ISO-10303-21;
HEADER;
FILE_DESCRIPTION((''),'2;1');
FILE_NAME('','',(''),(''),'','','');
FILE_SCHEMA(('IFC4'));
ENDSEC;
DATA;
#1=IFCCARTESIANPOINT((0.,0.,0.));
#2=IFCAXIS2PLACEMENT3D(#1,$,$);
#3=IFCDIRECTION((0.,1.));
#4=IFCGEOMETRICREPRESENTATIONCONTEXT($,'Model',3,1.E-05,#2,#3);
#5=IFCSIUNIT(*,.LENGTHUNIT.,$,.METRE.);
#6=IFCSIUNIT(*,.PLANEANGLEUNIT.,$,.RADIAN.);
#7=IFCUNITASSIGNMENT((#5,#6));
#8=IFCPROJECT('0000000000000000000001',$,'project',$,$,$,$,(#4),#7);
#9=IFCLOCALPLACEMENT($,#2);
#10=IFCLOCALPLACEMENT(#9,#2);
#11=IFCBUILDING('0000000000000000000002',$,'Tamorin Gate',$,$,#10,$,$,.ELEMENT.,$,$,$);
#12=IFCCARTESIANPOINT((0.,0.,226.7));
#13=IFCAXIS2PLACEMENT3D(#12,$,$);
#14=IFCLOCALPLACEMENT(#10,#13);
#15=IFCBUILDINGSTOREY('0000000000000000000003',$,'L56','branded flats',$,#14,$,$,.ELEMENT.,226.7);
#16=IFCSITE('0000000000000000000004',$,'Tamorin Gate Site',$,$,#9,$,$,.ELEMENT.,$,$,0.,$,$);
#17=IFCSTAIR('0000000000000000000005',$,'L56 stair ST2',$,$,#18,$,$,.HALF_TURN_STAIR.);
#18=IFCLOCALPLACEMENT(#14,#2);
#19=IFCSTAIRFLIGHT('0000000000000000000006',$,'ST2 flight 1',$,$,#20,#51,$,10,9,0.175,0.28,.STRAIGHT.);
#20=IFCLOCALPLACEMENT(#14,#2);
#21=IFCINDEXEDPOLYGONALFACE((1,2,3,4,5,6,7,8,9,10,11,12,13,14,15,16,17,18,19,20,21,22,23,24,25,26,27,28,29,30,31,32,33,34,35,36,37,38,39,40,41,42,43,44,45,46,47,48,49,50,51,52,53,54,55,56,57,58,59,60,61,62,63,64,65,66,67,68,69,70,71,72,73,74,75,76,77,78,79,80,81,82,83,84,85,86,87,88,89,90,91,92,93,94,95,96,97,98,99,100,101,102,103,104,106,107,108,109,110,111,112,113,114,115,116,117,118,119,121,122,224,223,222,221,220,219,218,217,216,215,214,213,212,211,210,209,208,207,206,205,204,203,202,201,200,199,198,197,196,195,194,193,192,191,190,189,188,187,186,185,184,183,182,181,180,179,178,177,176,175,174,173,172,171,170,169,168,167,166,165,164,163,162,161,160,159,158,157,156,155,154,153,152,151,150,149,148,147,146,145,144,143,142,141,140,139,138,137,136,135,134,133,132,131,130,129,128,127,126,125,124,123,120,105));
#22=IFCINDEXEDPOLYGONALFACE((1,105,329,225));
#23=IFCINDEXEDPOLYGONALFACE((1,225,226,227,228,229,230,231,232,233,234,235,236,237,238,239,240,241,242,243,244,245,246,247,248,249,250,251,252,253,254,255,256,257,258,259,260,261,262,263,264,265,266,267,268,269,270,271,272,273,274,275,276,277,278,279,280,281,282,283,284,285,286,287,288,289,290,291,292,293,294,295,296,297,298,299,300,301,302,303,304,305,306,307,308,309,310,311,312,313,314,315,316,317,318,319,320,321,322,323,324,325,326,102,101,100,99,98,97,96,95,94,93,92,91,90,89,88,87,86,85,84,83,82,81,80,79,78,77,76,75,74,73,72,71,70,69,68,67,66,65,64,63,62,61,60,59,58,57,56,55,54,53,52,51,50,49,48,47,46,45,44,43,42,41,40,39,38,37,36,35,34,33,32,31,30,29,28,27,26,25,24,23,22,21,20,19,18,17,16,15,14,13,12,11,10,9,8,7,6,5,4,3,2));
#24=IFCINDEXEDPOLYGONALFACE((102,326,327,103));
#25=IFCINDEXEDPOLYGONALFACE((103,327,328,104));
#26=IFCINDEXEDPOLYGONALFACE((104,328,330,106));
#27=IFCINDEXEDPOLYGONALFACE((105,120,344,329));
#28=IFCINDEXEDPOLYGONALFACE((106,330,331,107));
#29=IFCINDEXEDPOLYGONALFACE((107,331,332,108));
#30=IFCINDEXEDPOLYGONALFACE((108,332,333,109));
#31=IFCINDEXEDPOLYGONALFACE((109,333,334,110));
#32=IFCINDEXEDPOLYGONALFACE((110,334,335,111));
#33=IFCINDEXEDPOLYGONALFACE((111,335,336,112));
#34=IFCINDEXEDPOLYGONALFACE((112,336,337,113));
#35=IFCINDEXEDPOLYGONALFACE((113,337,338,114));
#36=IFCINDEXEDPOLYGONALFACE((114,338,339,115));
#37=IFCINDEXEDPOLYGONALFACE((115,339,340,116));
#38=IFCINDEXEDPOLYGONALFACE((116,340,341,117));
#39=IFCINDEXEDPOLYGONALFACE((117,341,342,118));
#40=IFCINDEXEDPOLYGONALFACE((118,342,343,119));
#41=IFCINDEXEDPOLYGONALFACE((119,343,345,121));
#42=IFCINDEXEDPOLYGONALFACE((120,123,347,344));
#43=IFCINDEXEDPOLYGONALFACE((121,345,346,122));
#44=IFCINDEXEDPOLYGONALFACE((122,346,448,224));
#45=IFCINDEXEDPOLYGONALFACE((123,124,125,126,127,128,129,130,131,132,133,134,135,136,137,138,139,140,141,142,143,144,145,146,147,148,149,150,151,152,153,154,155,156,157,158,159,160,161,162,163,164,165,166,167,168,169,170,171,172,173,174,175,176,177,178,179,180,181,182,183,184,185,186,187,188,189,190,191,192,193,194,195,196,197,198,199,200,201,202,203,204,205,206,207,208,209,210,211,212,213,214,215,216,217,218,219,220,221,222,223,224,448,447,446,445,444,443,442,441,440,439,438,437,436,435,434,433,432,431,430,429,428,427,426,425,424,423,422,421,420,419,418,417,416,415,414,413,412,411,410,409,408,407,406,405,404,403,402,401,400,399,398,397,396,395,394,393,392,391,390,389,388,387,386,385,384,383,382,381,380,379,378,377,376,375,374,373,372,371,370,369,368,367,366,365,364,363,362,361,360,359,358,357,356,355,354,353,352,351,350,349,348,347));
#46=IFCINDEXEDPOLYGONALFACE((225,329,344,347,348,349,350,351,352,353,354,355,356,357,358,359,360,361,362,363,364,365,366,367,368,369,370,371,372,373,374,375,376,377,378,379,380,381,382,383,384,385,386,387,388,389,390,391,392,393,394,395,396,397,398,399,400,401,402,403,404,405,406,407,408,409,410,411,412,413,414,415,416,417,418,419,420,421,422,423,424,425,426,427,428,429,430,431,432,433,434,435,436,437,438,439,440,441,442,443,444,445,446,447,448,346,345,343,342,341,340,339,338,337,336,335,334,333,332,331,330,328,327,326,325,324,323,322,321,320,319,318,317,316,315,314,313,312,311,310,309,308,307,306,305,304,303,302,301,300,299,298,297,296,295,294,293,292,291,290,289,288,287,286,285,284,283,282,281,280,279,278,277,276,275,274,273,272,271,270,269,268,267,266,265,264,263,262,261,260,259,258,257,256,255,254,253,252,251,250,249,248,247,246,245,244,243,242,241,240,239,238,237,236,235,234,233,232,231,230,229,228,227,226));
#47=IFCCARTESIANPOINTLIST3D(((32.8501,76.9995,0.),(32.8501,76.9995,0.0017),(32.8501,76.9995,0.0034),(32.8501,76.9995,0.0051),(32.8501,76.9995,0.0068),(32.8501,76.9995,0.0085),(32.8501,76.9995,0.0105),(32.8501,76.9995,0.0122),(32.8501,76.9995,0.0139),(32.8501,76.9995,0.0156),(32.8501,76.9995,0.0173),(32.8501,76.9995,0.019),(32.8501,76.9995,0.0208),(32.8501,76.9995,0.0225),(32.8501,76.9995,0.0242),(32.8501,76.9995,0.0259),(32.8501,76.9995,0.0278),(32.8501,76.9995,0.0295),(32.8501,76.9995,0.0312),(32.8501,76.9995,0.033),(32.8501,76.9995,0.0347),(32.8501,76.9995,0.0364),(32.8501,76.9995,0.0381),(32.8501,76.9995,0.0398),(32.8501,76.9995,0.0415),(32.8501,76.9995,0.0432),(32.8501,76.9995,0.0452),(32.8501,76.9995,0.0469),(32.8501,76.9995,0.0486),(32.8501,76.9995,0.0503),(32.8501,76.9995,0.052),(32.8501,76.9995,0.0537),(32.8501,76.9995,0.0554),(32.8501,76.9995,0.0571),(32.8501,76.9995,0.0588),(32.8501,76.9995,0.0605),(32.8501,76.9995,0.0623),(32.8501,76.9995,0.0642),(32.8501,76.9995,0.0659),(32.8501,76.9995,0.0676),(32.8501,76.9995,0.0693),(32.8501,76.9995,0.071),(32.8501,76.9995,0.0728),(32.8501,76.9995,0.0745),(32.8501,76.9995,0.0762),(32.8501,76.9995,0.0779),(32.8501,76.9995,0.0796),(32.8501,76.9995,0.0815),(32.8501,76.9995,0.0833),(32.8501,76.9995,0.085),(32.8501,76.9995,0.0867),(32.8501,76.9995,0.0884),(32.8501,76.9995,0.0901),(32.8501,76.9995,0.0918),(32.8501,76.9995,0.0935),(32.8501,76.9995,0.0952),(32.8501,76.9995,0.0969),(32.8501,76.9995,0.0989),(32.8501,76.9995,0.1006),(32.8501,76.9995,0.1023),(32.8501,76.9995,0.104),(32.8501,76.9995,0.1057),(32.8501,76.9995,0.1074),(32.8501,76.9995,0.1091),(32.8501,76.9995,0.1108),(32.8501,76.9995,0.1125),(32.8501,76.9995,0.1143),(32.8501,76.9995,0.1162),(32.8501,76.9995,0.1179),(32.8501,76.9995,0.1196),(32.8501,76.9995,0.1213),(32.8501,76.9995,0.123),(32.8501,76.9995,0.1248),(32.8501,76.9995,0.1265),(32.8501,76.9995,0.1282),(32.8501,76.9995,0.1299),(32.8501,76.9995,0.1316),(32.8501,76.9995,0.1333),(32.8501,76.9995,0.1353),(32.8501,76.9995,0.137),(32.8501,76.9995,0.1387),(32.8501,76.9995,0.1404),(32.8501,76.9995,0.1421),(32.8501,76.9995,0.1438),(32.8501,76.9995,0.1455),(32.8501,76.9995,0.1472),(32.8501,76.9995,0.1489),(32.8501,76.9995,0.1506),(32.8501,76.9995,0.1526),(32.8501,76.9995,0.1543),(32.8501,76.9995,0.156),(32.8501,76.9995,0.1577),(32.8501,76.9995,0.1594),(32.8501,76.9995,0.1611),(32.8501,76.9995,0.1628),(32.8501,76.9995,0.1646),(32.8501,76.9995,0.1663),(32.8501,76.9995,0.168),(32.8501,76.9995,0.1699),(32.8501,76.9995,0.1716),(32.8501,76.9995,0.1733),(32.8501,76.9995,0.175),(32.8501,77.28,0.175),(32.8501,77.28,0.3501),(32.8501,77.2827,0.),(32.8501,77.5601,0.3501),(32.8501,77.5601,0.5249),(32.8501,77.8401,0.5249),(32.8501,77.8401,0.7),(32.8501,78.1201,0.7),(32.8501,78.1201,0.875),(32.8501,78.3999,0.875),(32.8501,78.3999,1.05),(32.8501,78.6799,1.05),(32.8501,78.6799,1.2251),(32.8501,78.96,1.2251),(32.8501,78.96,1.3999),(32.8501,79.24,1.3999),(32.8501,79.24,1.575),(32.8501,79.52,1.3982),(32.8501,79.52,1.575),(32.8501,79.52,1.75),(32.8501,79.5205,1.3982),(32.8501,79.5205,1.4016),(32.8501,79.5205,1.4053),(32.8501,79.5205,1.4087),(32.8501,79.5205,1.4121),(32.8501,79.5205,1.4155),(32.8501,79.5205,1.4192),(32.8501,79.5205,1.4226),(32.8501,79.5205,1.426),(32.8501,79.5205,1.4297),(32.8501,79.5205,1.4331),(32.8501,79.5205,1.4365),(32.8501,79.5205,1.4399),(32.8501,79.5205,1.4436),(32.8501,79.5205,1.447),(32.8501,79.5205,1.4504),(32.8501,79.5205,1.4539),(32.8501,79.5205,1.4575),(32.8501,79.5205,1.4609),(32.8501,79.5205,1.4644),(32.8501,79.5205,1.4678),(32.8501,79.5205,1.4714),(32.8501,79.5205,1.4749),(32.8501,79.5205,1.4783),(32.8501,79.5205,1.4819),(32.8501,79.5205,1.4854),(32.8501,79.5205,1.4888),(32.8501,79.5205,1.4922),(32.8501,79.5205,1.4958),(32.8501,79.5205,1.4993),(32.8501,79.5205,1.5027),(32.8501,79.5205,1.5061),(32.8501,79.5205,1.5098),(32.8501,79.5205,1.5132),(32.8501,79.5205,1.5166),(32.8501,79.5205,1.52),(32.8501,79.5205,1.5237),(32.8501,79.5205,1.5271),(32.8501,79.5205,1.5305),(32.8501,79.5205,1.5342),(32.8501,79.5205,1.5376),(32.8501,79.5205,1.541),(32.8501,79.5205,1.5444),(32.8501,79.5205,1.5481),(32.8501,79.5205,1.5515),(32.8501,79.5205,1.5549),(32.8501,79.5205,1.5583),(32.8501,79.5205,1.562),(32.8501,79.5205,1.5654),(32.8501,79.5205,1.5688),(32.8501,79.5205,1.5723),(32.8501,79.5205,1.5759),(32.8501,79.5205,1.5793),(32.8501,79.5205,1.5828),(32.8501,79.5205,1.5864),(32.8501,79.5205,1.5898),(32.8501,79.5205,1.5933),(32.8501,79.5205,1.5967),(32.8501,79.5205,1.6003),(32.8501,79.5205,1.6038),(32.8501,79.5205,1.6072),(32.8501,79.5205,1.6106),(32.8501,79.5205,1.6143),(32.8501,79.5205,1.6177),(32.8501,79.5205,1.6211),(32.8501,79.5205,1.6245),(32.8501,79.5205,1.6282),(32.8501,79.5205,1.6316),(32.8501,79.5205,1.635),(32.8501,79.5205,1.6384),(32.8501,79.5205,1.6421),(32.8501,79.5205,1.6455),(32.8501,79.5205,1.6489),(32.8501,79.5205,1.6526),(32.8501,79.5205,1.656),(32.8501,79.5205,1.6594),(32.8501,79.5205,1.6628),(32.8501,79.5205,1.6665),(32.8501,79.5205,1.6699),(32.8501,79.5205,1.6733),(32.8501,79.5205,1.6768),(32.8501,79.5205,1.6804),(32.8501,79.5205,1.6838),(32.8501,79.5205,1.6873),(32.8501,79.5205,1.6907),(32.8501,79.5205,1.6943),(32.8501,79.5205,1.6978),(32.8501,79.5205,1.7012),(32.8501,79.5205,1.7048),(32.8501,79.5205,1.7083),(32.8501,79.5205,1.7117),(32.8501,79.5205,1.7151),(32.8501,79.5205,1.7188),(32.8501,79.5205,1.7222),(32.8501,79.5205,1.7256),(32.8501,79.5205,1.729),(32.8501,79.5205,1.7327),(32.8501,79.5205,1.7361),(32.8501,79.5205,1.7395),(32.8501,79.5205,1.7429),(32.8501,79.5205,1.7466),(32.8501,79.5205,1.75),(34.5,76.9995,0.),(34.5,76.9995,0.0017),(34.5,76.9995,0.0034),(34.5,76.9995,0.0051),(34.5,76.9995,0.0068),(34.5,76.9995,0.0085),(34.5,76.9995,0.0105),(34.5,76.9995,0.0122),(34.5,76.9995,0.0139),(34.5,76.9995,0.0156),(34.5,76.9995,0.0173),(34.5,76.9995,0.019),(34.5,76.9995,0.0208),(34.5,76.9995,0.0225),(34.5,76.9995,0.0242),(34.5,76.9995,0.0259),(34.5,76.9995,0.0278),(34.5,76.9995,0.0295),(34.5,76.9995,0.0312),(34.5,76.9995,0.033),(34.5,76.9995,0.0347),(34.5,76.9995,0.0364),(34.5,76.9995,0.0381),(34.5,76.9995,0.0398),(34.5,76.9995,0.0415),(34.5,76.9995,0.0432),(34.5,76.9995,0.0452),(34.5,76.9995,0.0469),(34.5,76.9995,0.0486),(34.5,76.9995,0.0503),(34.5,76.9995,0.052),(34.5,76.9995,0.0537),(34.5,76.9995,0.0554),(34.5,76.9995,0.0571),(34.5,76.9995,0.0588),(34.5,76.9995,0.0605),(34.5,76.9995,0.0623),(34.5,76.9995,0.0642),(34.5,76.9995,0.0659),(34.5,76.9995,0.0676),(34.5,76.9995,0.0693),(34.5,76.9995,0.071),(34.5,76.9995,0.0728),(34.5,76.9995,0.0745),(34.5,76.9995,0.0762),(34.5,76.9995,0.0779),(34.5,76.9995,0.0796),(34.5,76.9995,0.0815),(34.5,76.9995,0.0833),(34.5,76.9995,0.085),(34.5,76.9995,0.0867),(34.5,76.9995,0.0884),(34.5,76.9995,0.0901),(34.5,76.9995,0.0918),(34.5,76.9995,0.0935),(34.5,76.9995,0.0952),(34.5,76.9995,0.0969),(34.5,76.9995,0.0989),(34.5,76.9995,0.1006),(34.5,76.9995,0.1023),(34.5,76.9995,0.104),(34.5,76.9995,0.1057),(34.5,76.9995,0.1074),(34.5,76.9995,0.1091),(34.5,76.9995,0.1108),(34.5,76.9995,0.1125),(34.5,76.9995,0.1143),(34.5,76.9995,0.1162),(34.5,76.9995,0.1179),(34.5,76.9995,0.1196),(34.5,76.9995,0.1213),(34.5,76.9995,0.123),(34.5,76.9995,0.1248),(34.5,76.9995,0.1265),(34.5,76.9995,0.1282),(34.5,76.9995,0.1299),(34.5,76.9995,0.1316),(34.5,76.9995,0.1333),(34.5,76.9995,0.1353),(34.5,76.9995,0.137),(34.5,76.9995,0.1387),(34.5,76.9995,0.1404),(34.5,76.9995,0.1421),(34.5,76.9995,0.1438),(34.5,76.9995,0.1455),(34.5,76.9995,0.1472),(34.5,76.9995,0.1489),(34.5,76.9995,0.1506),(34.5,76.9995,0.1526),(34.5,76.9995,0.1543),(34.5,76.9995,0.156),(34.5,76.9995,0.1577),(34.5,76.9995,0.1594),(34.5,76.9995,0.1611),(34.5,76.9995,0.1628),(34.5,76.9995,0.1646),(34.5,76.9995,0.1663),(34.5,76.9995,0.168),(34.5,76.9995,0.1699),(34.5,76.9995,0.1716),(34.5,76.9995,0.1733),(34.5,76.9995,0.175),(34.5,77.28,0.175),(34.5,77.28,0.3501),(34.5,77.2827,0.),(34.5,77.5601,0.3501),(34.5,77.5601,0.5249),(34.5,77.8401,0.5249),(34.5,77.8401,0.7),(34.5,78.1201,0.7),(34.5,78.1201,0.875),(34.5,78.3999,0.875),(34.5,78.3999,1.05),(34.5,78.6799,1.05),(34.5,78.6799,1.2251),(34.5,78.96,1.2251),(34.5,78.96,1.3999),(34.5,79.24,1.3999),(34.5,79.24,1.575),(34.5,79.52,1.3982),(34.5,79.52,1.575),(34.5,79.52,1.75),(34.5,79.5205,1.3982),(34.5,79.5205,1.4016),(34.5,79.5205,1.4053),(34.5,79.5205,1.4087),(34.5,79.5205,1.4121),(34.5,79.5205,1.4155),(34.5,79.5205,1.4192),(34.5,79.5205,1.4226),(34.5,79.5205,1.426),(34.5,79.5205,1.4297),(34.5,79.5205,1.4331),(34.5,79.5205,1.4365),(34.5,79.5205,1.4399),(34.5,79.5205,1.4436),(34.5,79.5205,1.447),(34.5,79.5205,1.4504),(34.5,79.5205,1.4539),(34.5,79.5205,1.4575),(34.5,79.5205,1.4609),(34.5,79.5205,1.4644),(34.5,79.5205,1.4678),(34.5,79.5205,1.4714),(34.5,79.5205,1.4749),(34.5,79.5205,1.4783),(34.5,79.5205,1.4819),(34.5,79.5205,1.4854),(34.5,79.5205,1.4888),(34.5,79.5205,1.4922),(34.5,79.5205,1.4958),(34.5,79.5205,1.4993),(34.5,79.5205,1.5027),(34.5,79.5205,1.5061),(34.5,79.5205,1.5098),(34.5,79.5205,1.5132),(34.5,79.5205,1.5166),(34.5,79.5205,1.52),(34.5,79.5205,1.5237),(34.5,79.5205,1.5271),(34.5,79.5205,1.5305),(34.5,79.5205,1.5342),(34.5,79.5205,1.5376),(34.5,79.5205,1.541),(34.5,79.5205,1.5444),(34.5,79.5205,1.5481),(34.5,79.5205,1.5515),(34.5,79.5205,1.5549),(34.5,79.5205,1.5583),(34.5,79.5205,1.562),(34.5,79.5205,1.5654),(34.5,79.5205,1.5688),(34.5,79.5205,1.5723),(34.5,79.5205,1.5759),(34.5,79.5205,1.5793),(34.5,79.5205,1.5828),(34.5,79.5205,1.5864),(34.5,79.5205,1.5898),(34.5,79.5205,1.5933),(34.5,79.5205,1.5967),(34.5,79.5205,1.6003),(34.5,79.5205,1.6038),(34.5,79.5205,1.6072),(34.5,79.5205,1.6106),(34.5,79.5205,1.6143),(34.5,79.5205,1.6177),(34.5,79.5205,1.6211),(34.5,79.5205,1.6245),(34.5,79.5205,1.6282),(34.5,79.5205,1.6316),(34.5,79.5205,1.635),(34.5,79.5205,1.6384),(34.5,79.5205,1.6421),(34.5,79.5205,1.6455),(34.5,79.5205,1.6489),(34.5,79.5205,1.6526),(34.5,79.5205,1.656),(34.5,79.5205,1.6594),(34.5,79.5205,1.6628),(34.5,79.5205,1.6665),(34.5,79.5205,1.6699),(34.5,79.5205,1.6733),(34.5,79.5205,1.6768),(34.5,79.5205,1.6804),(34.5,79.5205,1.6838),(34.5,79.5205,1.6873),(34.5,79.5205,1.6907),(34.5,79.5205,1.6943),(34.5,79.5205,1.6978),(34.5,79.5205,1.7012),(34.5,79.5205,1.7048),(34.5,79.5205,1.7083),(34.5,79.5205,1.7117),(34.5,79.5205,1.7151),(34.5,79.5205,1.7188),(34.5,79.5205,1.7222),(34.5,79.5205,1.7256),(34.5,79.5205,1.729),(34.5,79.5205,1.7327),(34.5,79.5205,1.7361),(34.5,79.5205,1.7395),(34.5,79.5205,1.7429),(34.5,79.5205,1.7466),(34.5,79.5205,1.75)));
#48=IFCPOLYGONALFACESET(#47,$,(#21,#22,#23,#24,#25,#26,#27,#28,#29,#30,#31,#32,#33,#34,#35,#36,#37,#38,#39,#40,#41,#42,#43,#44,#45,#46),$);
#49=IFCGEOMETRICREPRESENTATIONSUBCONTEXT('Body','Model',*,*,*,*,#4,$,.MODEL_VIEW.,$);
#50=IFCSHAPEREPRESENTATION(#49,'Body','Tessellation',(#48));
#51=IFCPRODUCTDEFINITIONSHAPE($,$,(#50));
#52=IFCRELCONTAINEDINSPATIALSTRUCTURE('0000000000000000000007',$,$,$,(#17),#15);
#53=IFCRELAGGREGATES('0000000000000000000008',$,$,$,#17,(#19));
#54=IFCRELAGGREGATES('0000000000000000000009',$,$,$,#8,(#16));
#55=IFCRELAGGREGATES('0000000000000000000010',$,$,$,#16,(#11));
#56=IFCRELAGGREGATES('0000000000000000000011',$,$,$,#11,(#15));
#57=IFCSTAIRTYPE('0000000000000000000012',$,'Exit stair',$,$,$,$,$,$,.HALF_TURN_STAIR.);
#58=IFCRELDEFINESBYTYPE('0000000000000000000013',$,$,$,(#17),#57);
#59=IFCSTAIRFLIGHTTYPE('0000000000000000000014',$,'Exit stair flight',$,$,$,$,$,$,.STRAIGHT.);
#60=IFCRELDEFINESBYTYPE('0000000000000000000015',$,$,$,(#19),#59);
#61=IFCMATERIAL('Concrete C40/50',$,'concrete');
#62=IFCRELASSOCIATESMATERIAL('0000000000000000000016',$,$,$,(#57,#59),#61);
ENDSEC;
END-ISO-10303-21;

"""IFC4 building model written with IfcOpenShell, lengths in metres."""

from ifc_helpers import new_model, si_unit, direction, frame, origin, place, context, subcontext, project, spatial, polyline, outline, extrude, material, type_object, element, aggregate, save


model = new_model("IFC4")

# Units and contexts
model_context = context("Model", 3, precision=1e-05, world=origin(), true_north=direction((0.0, 1.0)))
body_context = subcontext(model_context, "Body", "Model", "MODEL_VIEW")
ifc_project = project(units=[si_unit("LENGTHUNIT", "METRE"), si_unit("PLANEANGLEUNIT", "RADIAN")], contexts=[model_context])

# Site, building, storey
site_placement = place(None, origin())
site = spatial("IfcSite", under=ifc_project, at=site_placement, Name="Tamorin Gate Site", CompositionType="ELEMENT", RefElevation=0.0)
building_placement = place(site_placement, origin())
building = spatial("IfcBuilding", under=site, at=building_placement, Name="Tamorin Gate", CompositionType="ELEMENT")
storey_placement = place(building_placement, frame((0.0, 0.0, 226.7)))
storey = spatial("IfcBuildingStorey", under=building, at=storey_placement, Name="L56", Description="branded flats", CompositionType="ELEMENT", Elevation=226.7)

# Shared definitions
ifc_material_1 = material(Name="Concrete C40/50", Category="concrete")

# Stair, stair flight
stair_type = type_object("IfcStairType", Name="Exit stair", PredefinedType="HALF_TURN_STAIR", material=ifc_material_1)
stair_flight_type = type_object("IfcStairFlightType", Name="Exit stair flight", PredefinedType="STRAIGHT", material=ifc_material_1)
stair_1_placement = place(storey_placement, origin())
stair_1 = element("IfcStair", 1, at=stair_1_placement, inside=storey, type_object=stair_type, Name="L56 stair ST2", PredefinedType="HALF_TURN_STAIR")
stair_flight_1_placement = place(storey_placement, frame((33.675, 77.0, 0.0), z_axis=(0.0, 0.0, 1.0), x_axis=(0.0, 1.0, 0.0)))
stair_flight_1 = element("IfcStairFlight", 2, at=stair_flight_1_placement, type_object=stair_flight_type, Name="ST2 flight 1", NumberOfRisers=10, NumberOfTreads=9, PredefinedType="STRAIGHT", RiserHeight=0.175, TreadLength=0.28, context=body_context, shape_type="SweptSolid", body=[
    extrude(outline(polyline([(-0.0005, 0.0), (-0.0005, 0.0017), (-0.0005, 0.0034), (-0.0005, 0.0051), (-0.0005, 0.0068), (-0.0005, 0.0085), (-0.0005, 0.0105), (-0.0005, 0.0122), (-0.0005, 0.0139), (-0.0005, 0.0156), (-0.0005, 0.0173), (-0.0005, 0.019), (-0.0005, 0.0208), (-0.0005, 0.0225), (-0.0005, 0.0242), (-0.0005, 0.0259), (-0.0005, 0.0278), (-0.0005, 0.0295), (-0.0005, 0.0312), (-0.0005, 0.033), (-0.0005, 0.0347), (-0.0005, 0.0364), (-0.0005, 0.0381), (-0.0005, 0.0398), (-0.0005, 0.0415), (-0.0005, 0.0432), (-0.0005, 0.0452), (-0.0005, 0.0469), (-0.0005, 0.0486), (-0.0005, 0.0503), (-0.0005, 0.052), (-0.0005, 0.0537), (-0.0005, 0.0554), (-0.0005, 0.0571), (-0.0005, 0.0588), (-0.0005, 0.0605), (-0.0005, 0.0623), (-0.0005, 0.0642), (-0.0005, 0.0659), (-0.0005, 0.0676), (-0.0005, 0.0693), (-0.0005, 0.071), (-0.0005, 0.0728), (-0.0005, 0.0745), (-0.0005, 0.0762), (-0.0005, 0.0779), (-0.0005, 0.0796), (-0.0005, 0.0815), (-0.0005, 0.0833), (-0.0005, 0.085), (-0.0005, 0.0867), (-0.0005, 0.0884), (-0.0005, 0.0901), (-0.0005, 0.0918), (-0.0005, 0.0935), (-0.0005, 0.0952), (-0.0005, 0.0969), (-0.0005, 0.0989), (-0.0005, 0.1006), (-0.0005, 0.1023), (-0.0005, 0.104), (-0.0005, 0.1057), (-0.0005, 0.1074), (-0.0005, 0.1091), (-0.0005, 0.1108), (-0.0005, 0.1125), (-0.0005, 0.1143), (-0.0005, 0.1162), (-0.0005, 0.1179), (-0.0005, 0.1196), (-0.0005, 0.1213), (-0.0005, 0.123), (-0.0005, 0.1248), (-0.0005, 0.1265), (-0.0005, 0.1282), (-0.0005, 0.1299), (-0.0005, 0.1316), (-0.0005, 0.1333), (-0.0005, 0.1353), (-0.0005, 0.137), (-0.0005, 0.1387), (-0.0005, 0.1404), (-0.0005, 0.1421), (-0.0005, 0.1438), (-0.0005, 0.1455), (-0.0005, 0.1472), (-0.0005, 0.1489), (-0.0005, 0.1506), (-0.0005, 0.1526), (-0.0005, 0.1543), (-0.0005, 0.156), (-0.0005, 0.1577), (-0.0005, 0.1594), (-0.0005, 0.1611), (-0.0005, 0.1628), (-0.0005, 0.1646), (-0.0005, 0.1663), (-0.0005, 0.168), (-0.0005, 0.1699), (-0.0005, 0.1716), (-0.0005, 0.1733), (-0.0005, 0.175), (0.28, 0.175), (0.28, 0.3501), (0.5601, 0.3501), (0.5601, 0.5249), (0.8401, 0.5249), (0.8401, 0.7), (1.1201, 0.7), (1.1201, 0.875), (1.3999, 0.875), (1.3999, 1.05), (1.6799, 1.05), (1.6799, 1.2251), (1.96, 1.2251), (1.96, 1.3999), (2.24, 1.3999), (2.24, 1.575), (2.52, 1.575), (2.52, 1.75), (2.5205, 1.75), (2.5205, 1.7466), (2.5205, 1.7429), (2.5205, 1.7395), (2.5205, 1.7361), (2.5205, 1.7327), (2.5205, 1.729), (2.5205, 1.7256), (2.5205, 1.7222), (2.5205, 1.7188), (2.5205, 1.7151), (2.5205, 1.7117), (2.5205, 1.7083), (2.5205, 1.7048), (2.5205, 1.7012), (2.5205, 1.6978), (2.5205, 1.6943), (2.5205, 1.6907), (2.5205, 1.6873), (2.5205, 1.6838), (2.5205, 1.6804), (2.5205, 1.6768), (2.5205, 1.6733), (2.5205, 1.6699), (2.5205, 1.6665), (2.5205, 1.6628), (2.5205, 1.6594), (2.5205, 1.656), (2.5205, 1.6526), (2.5205, 1.6489), (2.5205, 1.6455), (2.5205, 1.6421), (2.5205, 1.6384), (2.5205, 1.635), (2.5205, 1.6316), (2.5205, 1.6282), (2.5205, 1.6245), (2.5205, 1.6211), (2.5205, 1.6177), (2.5205, 1.6143), (2.5205, 1.6106), (2.5205, 1.6072), (2.5205, 1.6038), (2.5205, 1.6003), (2.5205, 1.5967), (2.5205, 1.5933), (2.5205, 1.5898), (2.5205, 1.5864), (2.5205, 1.5828), (2.5205, 1.5793), (2.5205, 1.5759), (2.5205, 1.5723), (2.5205, 1.5688), (2.5205, 1.5654), (2.5205, 1.562), (2.5205, 1.5583), (2.5205, 1.5549), (2.5205, 1.5515), (2.5205, 1.5481), (2.5205, 1.5444), (2.5205, 1.541), (2.5205, 1.5376), (2.5205, 1.5342), (2.5205, 1.5305), (2.5205, 1.5271), (2.5205, 1.5237), (2.5205, 1.52), (2.5205, 1.5166), (2.5205, 1.5132), (2.5205, 1.5098), (2.5205, 1.5061), (2.5205, 1.5027), (2.5205, 1.4993), (2.5205, 1.4958), (2.5205, 1.4922), (2.5205, 1.4888), (2.5205, 1.4854), (2.5205, 1.4819), (2.5205, 1.4783), (2.5205, 1.4749), (2.5205, 1.4714), (2.5205, 1.4678), (2.5205, 1.4644), (2.5205, 1.4609), (2.5205, 1.4575), (2.5205, 1.4539), (2.5205, 1.4504), (2.5205, 1.447), (2.5205, 1.4436), (2.5205, 1.4399), (2.5205, 1.4365), (2.5205, 1.4331), (2.5205, 1.4297), (2.5205, 1.426), (2.5205, 1.4226), (2.5205, 1.4192), (2.5205, 1.4155), (2.5205, 1.4121), (2.5205, 1.4087), (2.5205, 1.4053), (2.5205, 1.4016), (2.5205, 1.3982), (2.52, 1.3982), (0.2827, 0.0), (-0.0005, 0.0)])), frame((0.0, 0.825, 0.0), z_axis=(0.0, -1.0, 0.0), x_axis=(1.0, 0.0, 0.0)), (0.0, 0.0, 1.0), 1.6499),
])
aggregate(stair_1, [stair_flight_1])

save(model, "model.ifc")
